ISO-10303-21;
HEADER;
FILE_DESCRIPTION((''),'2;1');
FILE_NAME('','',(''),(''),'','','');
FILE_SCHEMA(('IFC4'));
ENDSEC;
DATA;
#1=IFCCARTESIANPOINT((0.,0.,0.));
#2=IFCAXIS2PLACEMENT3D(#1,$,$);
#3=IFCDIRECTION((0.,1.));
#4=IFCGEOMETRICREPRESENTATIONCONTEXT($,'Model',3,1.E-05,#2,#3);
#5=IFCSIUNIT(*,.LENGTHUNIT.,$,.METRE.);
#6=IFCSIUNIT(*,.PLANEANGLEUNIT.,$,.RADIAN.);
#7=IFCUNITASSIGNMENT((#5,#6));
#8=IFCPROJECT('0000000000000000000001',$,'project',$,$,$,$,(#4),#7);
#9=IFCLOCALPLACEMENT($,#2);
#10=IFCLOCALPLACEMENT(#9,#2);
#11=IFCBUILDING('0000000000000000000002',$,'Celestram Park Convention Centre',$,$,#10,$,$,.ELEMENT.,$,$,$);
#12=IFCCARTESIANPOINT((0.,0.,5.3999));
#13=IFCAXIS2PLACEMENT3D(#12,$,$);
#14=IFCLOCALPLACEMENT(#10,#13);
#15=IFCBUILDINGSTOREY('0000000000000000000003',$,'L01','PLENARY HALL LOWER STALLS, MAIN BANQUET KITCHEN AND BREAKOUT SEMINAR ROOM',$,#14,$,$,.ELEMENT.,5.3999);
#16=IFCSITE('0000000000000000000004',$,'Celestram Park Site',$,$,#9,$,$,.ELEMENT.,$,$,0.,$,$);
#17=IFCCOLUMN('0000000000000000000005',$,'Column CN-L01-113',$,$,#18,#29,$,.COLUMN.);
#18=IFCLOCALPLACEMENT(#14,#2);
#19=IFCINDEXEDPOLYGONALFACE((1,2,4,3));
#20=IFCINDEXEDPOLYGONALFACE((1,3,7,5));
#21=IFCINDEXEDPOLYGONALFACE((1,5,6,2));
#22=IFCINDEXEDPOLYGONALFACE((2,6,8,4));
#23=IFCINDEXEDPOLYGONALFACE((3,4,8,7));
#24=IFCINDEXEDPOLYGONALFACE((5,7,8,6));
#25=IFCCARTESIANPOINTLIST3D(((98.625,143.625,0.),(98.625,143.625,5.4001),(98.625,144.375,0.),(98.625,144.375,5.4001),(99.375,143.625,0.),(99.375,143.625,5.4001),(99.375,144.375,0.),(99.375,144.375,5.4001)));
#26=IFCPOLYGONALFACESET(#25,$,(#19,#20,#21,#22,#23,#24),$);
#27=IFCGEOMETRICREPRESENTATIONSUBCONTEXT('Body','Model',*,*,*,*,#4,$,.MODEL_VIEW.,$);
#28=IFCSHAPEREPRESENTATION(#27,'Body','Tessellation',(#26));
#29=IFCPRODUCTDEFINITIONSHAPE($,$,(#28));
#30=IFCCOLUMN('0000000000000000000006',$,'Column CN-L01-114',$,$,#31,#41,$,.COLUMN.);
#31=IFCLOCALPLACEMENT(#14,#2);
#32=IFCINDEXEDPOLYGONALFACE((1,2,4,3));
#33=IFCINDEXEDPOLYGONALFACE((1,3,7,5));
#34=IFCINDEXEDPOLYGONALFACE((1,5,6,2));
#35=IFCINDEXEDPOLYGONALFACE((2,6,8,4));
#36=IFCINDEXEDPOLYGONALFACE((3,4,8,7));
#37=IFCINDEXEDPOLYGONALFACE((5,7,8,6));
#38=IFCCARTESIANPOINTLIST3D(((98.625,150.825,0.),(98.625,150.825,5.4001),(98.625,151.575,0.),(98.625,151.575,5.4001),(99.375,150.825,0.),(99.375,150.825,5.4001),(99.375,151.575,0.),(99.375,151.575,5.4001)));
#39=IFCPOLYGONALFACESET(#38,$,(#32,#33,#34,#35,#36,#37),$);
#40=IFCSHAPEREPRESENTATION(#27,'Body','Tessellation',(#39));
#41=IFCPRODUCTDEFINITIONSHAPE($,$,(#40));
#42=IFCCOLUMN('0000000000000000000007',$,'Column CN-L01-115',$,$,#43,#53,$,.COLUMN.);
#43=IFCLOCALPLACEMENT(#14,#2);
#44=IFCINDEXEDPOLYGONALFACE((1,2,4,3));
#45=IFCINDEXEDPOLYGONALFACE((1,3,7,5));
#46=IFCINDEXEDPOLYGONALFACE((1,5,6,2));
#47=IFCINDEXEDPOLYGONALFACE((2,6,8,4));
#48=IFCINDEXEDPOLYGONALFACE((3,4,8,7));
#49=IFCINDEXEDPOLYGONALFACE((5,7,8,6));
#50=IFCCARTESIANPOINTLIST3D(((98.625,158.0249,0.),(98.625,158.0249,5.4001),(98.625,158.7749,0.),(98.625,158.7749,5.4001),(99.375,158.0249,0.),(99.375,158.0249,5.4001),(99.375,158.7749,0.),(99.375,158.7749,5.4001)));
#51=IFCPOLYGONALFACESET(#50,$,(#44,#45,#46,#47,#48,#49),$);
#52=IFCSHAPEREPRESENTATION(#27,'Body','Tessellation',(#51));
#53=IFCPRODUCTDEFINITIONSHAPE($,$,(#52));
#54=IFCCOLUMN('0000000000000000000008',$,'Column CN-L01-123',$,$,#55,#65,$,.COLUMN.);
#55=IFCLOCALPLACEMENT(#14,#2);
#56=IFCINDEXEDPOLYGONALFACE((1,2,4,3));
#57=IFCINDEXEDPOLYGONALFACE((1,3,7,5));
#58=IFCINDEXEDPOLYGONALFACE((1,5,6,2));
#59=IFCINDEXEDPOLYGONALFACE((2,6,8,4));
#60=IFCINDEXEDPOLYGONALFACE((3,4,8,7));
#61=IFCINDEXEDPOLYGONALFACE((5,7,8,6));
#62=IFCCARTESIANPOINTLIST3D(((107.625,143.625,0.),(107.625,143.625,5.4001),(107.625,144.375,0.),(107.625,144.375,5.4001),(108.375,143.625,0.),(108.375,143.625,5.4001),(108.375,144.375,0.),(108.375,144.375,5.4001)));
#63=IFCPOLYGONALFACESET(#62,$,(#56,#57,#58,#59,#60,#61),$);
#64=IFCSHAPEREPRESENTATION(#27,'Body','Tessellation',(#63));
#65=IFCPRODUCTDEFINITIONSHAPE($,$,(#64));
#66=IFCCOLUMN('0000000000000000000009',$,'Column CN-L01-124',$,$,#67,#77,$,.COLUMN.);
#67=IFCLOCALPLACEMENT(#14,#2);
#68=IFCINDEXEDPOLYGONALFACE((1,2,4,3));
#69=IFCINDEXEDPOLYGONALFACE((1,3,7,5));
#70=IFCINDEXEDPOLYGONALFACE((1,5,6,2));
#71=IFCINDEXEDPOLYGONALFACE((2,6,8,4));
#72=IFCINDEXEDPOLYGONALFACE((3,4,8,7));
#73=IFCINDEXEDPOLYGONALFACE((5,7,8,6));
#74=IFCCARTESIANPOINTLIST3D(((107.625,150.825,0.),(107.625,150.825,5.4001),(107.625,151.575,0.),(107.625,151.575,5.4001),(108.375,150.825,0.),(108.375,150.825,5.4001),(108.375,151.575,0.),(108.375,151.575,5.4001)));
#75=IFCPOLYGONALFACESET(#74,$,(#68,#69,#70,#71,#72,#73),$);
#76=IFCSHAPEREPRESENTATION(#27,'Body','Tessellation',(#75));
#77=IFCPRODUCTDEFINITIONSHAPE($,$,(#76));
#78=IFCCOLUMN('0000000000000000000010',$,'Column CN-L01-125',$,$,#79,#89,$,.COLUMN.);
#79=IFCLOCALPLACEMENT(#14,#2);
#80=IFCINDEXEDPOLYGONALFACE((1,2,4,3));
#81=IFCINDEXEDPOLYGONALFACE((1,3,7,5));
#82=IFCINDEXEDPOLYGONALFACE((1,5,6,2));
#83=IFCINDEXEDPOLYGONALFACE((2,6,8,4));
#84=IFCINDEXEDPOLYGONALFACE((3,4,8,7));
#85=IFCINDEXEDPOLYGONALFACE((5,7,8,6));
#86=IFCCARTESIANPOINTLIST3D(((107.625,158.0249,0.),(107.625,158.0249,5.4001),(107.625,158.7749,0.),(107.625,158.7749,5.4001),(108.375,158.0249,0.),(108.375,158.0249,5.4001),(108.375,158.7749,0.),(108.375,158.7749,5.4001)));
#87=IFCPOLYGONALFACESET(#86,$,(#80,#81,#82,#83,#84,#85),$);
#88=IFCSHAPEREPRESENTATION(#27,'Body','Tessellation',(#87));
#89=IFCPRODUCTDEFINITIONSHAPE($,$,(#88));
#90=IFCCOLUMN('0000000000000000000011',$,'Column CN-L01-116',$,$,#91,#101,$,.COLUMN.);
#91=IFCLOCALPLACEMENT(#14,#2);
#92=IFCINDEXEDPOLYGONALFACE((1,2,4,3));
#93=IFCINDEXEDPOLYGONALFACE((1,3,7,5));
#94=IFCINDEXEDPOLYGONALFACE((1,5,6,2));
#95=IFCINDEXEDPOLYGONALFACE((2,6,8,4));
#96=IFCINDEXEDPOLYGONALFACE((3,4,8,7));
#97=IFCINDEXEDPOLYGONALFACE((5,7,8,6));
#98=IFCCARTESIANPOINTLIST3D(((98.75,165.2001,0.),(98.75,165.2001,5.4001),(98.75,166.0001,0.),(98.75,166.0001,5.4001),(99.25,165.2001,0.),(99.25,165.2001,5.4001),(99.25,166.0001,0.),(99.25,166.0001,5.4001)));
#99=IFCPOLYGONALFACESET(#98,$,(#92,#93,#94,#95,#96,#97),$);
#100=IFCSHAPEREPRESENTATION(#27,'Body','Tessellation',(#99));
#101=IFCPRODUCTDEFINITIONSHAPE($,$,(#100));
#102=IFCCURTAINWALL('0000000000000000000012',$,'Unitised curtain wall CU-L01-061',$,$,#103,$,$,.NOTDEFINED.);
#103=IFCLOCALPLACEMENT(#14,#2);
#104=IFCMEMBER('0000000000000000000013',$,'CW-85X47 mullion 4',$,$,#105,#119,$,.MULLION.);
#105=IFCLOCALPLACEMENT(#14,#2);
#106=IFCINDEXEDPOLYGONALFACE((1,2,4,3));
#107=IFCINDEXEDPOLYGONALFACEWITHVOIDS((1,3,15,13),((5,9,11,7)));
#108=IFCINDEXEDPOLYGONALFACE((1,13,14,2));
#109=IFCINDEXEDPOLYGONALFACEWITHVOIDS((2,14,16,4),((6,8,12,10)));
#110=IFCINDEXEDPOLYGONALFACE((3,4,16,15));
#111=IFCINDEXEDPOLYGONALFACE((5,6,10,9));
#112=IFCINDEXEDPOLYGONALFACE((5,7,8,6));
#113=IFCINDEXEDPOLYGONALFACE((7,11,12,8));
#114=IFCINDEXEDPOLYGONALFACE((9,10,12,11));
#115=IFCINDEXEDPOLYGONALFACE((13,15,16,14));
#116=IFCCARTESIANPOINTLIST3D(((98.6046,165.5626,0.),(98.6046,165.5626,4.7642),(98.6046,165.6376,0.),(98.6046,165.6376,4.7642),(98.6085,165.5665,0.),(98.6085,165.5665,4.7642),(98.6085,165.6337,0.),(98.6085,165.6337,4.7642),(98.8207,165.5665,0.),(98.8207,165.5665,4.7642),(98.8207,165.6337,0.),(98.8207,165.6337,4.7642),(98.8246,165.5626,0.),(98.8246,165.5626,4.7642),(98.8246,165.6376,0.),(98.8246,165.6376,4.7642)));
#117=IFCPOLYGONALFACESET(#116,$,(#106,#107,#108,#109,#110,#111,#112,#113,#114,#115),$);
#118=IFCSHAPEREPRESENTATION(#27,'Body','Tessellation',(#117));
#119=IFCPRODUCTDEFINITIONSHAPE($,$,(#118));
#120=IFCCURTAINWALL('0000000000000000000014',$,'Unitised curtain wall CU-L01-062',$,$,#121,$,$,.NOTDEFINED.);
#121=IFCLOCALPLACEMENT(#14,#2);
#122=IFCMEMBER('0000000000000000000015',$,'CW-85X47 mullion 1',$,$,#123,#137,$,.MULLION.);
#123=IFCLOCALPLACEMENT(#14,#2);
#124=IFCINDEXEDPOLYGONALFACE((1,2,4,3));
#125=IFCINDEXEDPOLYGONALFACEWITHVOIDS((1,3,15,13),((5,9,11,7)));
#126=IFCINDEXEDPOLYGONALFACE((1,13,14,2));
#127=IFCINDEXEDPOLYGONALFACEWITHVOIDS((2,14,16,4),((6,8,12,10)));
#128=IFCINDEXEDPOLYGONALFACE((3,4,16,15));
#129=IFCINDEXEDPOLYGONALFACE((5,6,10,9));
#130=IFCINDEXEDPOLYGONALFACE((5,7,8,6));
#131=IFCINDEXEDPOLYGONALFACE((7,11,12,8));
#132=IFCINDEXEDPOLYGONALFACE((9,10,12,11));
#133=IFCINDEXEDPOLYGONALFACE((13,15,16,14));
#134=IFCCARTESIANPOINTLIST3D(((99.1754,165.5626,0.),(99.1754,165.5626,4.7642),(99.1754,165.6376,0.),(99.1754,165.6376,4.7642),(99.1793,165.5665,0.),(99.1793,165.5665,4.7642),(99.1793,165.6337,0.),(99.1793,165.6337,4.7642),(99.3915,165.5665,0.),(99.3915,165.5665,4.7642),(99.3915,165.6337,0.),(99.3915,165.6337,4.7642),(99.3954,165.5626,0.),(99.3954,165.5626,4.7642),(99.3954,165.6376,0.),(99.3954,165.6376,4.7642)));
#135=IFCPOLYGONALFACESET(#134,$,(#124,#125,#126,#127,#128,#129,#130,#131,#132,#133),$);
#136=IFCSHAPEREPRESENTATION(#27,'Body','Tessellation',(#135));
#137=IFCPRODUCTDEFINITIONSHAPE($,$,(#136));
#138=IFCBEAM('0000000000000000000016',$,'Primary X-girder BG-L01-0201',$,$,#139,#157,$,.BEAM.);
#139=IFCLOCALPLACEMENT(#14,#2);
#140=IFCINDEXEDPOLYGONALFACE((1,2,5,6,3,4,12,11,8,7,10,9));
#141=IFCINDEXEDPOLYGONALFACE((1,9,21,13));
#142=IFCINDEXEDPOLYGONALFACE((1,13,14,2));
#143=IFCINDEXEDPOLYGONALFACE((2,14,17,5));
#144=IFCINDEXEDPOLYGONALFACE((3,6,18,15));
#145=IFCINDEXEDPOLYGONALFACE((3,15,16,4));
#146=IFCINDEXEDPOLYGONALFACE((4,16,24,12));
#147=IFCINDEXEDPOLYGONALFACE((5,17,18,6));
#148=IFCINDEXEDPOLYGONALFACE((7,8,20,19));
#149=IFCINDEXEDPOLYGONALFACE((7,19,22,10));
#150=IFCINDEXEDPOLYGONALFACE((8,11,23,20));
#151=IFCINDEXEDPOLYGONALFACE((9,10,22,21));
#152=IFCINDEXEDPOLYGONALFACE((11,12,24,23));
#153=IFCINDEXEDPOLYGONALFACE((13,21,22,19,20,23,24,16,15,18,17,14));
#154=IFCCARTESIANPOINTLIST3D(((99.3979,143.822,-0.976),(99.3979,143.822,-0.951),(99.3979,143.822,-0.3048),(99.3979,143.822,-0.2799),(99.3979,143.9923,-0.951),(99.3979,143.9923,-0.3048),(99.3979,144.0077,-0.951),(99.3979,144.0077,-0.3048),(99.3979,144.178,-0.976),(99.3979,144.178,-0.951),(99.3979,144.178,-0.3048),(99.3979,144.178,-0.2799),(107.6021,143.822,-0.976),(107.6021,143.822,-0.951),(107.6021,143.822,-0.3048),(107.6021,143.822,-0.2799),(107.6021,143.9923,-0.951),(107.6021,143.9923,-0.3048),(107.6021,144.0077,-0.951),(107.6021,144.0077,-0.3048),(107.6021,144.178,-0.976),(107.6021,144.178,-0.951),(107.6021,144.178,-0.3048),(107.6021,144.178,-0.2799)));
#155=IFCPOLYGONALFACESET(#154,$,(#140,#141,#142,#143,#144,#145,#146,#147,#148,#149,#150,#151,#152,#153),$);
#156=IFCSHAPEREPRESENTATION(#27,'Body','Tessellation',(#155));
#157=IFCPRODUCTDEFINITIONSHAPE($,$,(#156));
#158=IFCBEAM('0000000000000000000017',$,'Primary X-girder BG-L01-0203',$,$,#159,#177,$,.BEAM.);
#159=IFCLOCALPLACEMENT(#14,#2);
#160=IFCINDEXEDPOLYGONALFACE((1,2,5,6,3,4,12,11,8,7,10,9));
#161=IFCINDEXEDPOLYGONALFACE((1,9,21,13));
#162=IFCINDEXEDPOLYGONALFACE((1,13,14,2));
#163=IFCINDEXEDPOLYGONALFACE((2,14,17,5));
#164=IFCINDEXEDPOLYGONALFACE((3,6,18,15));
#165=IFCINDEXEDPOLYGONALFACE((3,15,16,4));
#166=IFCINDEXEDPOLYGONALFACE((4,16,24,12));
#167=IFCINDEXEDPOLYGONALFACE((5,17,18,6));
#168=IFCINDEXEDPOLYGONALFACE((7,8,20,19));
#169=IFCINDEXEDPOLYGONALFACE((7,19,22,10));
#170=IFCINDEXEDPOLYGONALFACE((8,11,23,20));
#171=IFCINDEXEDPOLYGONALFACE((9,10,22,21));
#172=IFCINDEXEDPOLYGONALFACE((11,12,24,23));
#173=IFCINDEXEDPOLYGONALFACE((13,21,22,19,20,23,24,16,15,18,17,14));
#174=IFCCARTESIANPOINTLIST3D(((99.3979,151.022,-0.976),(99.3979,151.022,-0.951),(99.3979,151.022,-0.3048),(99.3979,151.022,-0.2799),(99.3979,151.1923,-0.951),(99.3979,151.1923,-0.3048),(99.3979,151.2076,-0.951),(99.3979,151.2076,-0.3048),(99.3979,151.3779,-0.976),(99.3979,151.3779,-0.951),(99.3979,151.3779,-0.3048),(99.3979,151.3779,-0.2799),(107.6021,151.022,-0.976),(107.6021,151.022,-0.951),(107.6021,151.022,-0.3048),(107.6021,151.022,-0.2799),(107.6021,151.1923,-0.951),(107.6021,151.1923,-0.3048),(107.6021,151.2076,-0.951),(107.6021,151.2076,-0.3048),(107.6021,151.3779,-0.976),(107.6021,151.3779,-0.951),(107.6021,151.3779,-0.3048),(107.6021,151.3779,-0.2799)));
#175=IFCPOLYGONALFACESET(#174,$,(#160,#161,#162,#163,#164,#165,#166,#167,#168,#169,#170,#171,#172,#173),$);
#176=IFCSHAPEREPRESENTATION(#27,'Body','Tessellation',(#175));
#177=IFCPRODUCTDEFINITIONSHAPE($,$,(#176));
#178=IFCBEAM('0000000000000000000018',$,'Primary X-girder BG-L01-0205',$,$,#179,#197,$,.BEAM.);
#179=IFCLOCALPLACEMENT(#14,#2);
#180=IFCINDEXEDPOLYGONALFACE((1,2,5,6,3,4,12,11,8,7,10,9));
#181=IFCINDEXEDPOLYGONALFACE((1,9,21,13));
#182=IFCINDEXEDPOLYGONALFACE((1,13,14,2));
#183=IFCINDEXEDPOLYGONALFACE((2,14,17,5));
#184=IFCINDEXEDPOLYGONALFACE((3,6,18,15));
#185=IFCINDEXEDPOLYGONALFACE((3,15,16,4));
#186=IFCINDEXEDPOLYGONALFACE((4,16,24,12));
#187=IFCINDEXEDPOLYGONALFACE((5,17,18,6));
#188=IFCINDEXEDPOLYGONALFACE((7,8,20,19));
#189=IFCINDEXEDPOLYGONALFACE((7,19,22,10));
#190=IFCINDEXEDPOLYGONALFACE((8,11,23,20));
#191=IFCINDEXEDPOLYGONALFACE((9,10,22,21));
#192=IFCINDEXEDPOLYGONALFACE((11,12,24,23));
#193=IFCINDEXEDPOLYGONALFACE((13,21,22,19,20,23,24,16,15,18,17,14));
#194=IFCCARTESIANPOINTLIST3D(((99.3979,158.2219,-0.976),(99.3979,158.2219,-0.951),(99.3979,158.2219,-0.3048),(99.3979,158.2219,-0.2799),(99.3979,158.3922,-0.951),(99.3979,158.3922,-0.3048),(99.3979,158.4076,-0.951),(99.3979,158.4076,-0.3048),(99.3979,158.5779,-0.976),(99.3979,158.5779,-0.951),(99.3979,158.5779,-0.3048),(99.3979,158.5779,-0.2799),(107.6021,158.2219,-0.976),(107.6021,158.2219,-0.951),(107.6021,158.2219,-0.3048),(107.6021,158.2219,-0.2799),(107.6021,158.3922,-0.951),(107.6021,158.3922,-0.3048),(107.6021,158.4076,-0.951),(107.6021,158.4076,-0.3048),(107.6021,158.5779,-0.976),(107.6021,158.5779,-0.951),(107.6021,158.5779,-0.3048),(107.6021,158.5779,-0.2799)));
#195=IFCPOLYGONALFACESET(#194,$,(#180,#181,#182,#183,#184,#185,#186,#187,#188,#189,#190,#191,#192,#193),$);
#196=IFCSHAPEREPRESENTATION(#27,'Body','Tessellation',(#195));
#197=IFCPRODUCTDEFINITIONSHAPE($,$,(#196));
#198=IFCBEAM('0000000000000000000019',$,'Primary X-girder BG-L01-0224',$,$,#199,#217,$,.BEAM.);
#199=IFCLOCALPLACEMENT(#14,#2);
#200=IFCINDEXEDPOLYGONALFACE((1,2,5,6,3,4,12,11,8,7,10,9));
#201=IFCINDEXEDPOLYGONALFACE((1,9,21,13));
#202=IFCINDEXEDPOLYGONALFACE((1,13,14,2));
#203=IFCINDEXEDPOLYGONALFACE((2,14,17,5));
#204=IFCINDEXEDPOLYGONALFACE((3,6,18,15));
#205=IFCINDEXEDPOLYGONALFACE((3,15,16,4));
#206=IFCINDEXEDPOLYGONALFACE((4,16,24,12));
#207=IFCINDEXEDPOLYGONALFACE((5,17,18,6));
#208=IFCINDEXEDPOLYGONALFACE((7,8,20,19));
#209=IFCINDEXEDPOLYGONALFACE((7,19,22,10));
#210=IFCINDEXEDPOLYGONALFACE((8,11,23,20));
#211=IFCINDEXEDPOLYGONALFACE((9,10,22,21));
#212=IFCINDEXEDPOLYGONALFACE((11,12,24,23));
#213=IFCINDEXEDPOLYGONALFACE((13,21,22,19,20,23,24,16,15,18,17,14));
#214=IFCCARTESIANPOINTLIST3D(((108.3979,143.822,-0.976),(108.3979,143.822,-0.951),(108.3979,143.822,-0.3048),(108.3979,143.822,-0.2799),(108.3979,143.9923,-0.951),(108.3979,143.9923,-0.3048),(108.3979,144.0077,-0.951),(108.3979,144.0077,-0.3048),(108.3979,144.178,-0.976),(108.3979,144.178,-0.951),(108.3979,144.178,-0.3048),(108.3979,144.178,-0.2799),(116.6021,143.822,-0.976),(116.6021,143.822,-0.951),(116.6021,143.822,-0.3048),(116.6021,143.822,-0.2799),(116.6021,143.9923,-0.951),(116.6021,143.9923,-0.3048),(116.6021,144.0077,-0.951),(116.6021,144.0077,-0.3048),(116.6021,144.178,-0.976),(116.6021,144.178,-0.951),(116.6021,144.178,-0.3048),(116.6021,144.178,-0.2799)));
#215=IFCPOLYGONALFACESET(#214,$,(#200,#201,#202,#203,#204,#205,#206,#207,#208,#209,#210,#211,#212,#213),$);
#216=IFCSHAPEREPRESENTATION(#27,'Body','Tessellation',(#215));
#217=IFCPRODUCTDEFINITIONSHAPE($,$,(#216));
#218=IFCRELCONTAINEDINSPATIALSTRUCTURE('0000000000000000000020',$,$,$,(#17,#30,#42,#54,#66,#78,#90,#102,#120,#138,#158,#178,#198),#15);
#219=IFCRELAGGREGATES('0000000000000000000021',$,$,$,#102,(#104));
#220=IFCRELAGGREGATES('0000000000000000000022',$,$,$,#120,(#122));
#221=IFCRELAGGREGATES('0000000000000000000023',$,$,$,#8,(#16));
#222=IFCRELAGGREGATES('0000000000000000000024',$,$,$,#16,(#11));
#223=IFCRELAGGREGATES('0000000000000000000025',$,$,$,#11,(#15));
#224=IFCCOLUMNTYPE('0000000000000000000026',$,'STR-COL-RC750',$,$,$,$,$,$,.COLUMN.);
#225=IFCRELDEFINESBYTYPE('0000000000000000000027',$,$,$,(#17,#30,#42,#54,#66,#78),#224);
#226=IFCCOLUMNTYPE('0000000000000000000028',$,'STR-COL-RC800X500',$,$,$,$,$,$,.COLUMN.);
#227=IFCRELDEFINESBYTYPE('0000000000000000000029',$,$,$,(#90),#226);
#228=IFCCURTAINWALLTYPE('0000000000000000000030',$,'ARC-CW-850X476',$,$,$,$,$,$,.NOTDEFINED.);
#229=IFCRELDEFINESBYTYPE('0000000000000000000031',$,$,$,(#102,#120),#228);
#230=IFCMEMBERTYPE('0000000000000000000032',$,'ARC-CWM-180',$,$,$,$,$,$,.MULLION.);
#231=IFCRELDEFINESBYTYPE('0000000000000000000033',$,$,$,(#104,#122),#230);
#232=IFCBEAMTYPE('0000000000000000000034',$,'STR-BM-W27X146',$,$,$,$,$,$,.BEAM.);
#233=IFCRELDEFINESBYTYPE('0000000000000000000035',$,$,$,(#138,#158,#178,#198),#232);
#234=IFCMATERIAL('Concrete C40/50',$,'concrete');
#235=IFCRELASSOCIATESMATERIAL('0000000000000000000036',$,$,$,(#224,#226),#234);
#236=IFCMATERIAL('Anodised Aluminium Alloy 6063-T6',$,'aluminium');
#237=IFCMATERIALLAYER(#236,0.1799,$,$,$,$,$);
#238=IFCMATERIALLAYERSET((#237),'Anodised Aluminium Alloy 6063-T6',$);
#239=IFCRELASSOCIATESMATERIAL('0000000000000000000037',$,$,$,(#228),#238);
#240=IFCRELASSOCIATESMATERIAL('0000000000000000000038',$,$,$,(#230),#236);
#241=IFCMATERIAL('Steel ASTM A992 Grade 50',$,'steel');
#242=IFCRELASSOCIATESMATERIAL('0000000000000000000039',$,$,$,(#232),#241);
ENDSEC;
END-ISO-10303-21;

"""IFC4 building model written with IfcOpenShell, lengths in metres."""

from ifc_helpers import new_model, si_unit, direction, frame, origin, origin_2d, place, context, subcontext, project, spatial, rectangle, hollow_rectangle, i_section, extrude, material, layer, layer_set, material_profile, profile_set, type_object, element, aggregate, save


model = new_model("IFC4")

# Units and contexts
model_context = context("Model", 3, precision=1e-05, world=origin(), true_north=direction((0.0, 1.0)))
body_context = subcontext(model_context, "Body", "Model", "MODEL_VIEW")
ifc_project = project(units=[si_unit("LENGTHUNIT", "METRE"), si_unit("PLANEANGLEUNIT", "RADIAN")], contexts=[model_context])

# Site, building, storey
site_placement = place(None, origin())
site = spatial("IfcSite", under=ifc_project, at=site_placement, Name="Celestram Park Site", CompositionType="ELEMENT", RefElevation=0.0)
building_placement = place(site_placement, origin())
building = spatial("IfcBuilding", under=site, at=building_placement, Name="Celestram Park Convention Centre", CompositionType="ELEMENT")
storey_placement = place(building_placement, frame((0.0, 0.0, 5.3999)))
storey = spatial("IfcBuildingStorey", under=building, at=storey_placement, Name="L01", Description="PLENARY HALL LOWER STALLS, MAIN BANQUET KITCHEN AND BREAKOUT SEMINAR ROOM", CompositionType="ELEMENT", Elevation=5.3999)

# Columns
ifc_material_1 = material(Name="Concrete C40/50", Category="concrete")
ifc_material_profile_1 = material_profile(ifc_material_1, rectangle(XDim=0.75, YDim=0.75, at=origin_2d()), Name="RC750X750")
ifc_profile_set_1 = profile_set([ifc_material_profile_1], Name="Concrete C40/50")
column_type_1 = type_object("IfcColumnType", Name="STR-COL-RC750", PredefinedType="COLUMN", material=ifc_profile_set_1)
for number, where, z_axis, x_axis, name in (
    (1, (99.0, 144.0, 0.0), (0.0, 0.0, 1.0), (1.0, 0.0, 0.0), "Column CN-L01-113"),
    (2, (99.0, 151.2, 0.0), (0.0, 0.0, 1.0), (1.0, 0.0, 0.0), "Column CN-L01-114"),
    (3, (99.0, 158.3999, 0.0), (0.0, 0.0, 1.0), (1.0, 0.0, 0.0), "Column CN-L01-115"),
    (4, (108.0, 144.0, 0.0), (0.0, 0.0, 1.0), (1.0, 0.0, 0.0), "Column CN-L01-123"),
    (5, (108.0, 151.2, 0.0), (0.0, 0.0, 1.0), (1.0, 0.0, 0.0), "Column CN-L01-124"),
    (6, (108.0, 158.3999, 0.0), (0.0, 0.0, 1.0), (1.0, 0.0, 0.0), "Column CN-L01-125"),
):
    element("IfcColumn", number, at=place(storey_placement, frame(where, z_axis=z_axis, x_axis=x_axis)), inside=storey, type_object=column_type_1, Name=name, PredefinedType="COLUMN", context=body_context, shape_type="SweptSolid", body=[
        extrude(rectangle(XDim=0.75, YDim=0.75, at=origin_2d()), origin(), (0.0, 0.0, 1.0), 5.4001),
    ])
ifc_material_profile_2 = material_profile(ifc_material_1, rectangle(XDim=0.5, YDim=0.8, at=origin_2d()), Name="RC800X500")
ifc_profile_set_2 = profile_set([ifc_material_profile_2], Name="Concrete C40/50")
column_type_2 = type_object("IfcColumnType", Name="STR-COL-RC800X500", PredefinedType="COLUMN", material=ifc_profile_set_2)
column_placement = place(storey_placement, frame((99.0, 165.6001, 0.0), z_axis=(0.0, 0.0, 1.0), x_axis=(1.0, 0.0, 0.0)))
element("IfcColumn", 7, at=column_placement, inside=storey, type_object=column_type_2, Name="Column CN-L01-116", PredefinedType="COLUMN", context=body_context, shape_type="SweptSolid", body=[
    extrude(rectangle(XDim=0.5, YDim=0.8, at=origin_2d()), origin(), (0.0, 0.0, 1.0), 5.4001),
])

# Curtain walls, members
ifc_material_2 = material(Name="Anodised Aluminium Alloy 6063-T6", Category="aluminium")
ifc_layer_1 = layer(ifc_material_2, 0.1799)
ifc_layer_set_1 = layer_set([ifc_layer_1], Name="Anodised Aluminium Alloy 6063-T6")
curtain_wall_type = type_object("IfcCurtainWallType", Name="ARC-CW-850X476", PredefinedType="NOTDEFINED", material=ifc_layer_set_1)
curtain_wall_1_placement = place(storey_placement, origin())
curtain_wall_1 = element("IfcCurtainWall", 8, at=curtain_wall_1_placement, inside=storey, type_object=curtain_wall_type, Name="Unitised curtain wall CU-L01-061", PredefinedType="NOTDEFINED")
ifc_material_profile_3 = material_profile(ifc_material_2, hollow_rectangle(XDim=0.075, YDim=0.22, WallThickness=0.0039, at=origin_2d()), Name="ALU75X220X4")
ifc_profile_set_3 = profile_set([ifc_material_profile_3], Name="Anodised Aluminium Alloy 6063-T6")
member_type = type_object("IfcMemberType", Name="ARC-CWM-180", PredefinedType="MULLION", material=ifc_profile_set_3)
member_1_placement = place(storey_placement, frame((98.7146, 165.6001, 0.0), z_axis=(0.0, 0.0, 1.0), x_axis=(0.0, 1.0, 0.0)))
member_1 = element("IfcMember", 9, at=member_1_placement, type_object=member_type, Name="CW-85X47 mullion 4", PredefinedType="MULLION", context=body_context, shape_type="SweptSolid", body=[
    extrude(hollow_rectangle(XDim=0.075, YDim=0.22, WallThickness=0.0039, at=origin_2d()), origin(), (0.0, 0.0, 1.0), 4.7642),
])
aggregate(curtain_wall_1, [member_1])
curtain_wall_2_placement = place(storey_placement, origin())
curtain_wall_2 = element("IfcCurtainWall", 10, at=curtain_wall_2_placement, inside=storey, type_object=curtain_wall_type, Name="Unitised curtain wall CU-L01-062", PredefinedType="NOTDEFINED")
member_2_placement = place(storey_placement, frame((99.2854, 165.6001, 0.0), z_axis=(0.0, 0.0, 1.0), x_axis=(0.0, 1.0, 0.0)))
member_2 = element("IfcMember", 11, at=member_2_placement, type_object=member_type, Name="CW-85X47 mullion 1", PredefinedType="MULLION", context=body_context, shape_type="SweptSolid", body=[
    extrude(hollow_rectangle(XDim=0.075, YDim=0.22, WallThickness=0.0039, at=origin_2d()), origin(), (0.0, 0.0, 1.0), 4.7642),
])
aggregate(curtain_wall_2, [member_2])

# Beams
ifc_material_3 = material(Name="Steel ASTM A992 Grade 50", Category="steel")
ifc_material_profile_4 = material_profile(ifc_material_3, i_section(OverallWidth=0.356, OverallDepth=0.696, WebThickness=0.0154, FlangeThickness=0.0249, at=origin_2d()), Name="W27X146")
ifc_profile_set_4 = profile_set([ifc_material_profile_4], Name="Steel ASTM A992 Grade 50")
beam_type_1 = type_object("IfcBeamType", Name="STR-BM-W27X146", PredefinedType="BEAM", material=ifc_profile_set_4)
for number, where, z_axis, x_axis, name in (
    (12, (99.3979, 144.0, -0.6279), (1.0, 0.0, 0.0), (0.0, 1.0, 0.0), "Primary X-girder BG-L01-0201"),
    (13, (99.3979, 151.2, -0.6279), (1.0, 0.0, 0.0), (0.0, 1.0, 0.0), "Primary X-girder BG-L01-0203"),
    (14, (99.3979, 158.3999, -0.6279), (1.0, 0.0, 0.0), (0.0, 1.0, 0.0), "Primary X-girder BG-L01-0205"),
    (15, (108.3979, 144.0, -0.6279), (1.0, 0.0, 0.0), (0.0, 1.0, 0.0), "Primary X-girder BG-L01-0224"),
):
    element("IfcBeam", number, at=place(storey_placement, frame(where, z_axis=z_axis, x_axis=x_axis)), inside=storey, type_object=beam_type_1, Name=name, PredefinedType="BEAM", context=body_context, shape_type="SweptSolid", body=[
        extrude(i_section(OverallWidth=0.356, OverallDepth=0.696, WebThickness=0.0154, FlangeThickness=0.0249, at=origin_2d()), origin(), (0.0, 0.0, 1.0), 8.2041),
    ])

save(model, "model.ifc")
